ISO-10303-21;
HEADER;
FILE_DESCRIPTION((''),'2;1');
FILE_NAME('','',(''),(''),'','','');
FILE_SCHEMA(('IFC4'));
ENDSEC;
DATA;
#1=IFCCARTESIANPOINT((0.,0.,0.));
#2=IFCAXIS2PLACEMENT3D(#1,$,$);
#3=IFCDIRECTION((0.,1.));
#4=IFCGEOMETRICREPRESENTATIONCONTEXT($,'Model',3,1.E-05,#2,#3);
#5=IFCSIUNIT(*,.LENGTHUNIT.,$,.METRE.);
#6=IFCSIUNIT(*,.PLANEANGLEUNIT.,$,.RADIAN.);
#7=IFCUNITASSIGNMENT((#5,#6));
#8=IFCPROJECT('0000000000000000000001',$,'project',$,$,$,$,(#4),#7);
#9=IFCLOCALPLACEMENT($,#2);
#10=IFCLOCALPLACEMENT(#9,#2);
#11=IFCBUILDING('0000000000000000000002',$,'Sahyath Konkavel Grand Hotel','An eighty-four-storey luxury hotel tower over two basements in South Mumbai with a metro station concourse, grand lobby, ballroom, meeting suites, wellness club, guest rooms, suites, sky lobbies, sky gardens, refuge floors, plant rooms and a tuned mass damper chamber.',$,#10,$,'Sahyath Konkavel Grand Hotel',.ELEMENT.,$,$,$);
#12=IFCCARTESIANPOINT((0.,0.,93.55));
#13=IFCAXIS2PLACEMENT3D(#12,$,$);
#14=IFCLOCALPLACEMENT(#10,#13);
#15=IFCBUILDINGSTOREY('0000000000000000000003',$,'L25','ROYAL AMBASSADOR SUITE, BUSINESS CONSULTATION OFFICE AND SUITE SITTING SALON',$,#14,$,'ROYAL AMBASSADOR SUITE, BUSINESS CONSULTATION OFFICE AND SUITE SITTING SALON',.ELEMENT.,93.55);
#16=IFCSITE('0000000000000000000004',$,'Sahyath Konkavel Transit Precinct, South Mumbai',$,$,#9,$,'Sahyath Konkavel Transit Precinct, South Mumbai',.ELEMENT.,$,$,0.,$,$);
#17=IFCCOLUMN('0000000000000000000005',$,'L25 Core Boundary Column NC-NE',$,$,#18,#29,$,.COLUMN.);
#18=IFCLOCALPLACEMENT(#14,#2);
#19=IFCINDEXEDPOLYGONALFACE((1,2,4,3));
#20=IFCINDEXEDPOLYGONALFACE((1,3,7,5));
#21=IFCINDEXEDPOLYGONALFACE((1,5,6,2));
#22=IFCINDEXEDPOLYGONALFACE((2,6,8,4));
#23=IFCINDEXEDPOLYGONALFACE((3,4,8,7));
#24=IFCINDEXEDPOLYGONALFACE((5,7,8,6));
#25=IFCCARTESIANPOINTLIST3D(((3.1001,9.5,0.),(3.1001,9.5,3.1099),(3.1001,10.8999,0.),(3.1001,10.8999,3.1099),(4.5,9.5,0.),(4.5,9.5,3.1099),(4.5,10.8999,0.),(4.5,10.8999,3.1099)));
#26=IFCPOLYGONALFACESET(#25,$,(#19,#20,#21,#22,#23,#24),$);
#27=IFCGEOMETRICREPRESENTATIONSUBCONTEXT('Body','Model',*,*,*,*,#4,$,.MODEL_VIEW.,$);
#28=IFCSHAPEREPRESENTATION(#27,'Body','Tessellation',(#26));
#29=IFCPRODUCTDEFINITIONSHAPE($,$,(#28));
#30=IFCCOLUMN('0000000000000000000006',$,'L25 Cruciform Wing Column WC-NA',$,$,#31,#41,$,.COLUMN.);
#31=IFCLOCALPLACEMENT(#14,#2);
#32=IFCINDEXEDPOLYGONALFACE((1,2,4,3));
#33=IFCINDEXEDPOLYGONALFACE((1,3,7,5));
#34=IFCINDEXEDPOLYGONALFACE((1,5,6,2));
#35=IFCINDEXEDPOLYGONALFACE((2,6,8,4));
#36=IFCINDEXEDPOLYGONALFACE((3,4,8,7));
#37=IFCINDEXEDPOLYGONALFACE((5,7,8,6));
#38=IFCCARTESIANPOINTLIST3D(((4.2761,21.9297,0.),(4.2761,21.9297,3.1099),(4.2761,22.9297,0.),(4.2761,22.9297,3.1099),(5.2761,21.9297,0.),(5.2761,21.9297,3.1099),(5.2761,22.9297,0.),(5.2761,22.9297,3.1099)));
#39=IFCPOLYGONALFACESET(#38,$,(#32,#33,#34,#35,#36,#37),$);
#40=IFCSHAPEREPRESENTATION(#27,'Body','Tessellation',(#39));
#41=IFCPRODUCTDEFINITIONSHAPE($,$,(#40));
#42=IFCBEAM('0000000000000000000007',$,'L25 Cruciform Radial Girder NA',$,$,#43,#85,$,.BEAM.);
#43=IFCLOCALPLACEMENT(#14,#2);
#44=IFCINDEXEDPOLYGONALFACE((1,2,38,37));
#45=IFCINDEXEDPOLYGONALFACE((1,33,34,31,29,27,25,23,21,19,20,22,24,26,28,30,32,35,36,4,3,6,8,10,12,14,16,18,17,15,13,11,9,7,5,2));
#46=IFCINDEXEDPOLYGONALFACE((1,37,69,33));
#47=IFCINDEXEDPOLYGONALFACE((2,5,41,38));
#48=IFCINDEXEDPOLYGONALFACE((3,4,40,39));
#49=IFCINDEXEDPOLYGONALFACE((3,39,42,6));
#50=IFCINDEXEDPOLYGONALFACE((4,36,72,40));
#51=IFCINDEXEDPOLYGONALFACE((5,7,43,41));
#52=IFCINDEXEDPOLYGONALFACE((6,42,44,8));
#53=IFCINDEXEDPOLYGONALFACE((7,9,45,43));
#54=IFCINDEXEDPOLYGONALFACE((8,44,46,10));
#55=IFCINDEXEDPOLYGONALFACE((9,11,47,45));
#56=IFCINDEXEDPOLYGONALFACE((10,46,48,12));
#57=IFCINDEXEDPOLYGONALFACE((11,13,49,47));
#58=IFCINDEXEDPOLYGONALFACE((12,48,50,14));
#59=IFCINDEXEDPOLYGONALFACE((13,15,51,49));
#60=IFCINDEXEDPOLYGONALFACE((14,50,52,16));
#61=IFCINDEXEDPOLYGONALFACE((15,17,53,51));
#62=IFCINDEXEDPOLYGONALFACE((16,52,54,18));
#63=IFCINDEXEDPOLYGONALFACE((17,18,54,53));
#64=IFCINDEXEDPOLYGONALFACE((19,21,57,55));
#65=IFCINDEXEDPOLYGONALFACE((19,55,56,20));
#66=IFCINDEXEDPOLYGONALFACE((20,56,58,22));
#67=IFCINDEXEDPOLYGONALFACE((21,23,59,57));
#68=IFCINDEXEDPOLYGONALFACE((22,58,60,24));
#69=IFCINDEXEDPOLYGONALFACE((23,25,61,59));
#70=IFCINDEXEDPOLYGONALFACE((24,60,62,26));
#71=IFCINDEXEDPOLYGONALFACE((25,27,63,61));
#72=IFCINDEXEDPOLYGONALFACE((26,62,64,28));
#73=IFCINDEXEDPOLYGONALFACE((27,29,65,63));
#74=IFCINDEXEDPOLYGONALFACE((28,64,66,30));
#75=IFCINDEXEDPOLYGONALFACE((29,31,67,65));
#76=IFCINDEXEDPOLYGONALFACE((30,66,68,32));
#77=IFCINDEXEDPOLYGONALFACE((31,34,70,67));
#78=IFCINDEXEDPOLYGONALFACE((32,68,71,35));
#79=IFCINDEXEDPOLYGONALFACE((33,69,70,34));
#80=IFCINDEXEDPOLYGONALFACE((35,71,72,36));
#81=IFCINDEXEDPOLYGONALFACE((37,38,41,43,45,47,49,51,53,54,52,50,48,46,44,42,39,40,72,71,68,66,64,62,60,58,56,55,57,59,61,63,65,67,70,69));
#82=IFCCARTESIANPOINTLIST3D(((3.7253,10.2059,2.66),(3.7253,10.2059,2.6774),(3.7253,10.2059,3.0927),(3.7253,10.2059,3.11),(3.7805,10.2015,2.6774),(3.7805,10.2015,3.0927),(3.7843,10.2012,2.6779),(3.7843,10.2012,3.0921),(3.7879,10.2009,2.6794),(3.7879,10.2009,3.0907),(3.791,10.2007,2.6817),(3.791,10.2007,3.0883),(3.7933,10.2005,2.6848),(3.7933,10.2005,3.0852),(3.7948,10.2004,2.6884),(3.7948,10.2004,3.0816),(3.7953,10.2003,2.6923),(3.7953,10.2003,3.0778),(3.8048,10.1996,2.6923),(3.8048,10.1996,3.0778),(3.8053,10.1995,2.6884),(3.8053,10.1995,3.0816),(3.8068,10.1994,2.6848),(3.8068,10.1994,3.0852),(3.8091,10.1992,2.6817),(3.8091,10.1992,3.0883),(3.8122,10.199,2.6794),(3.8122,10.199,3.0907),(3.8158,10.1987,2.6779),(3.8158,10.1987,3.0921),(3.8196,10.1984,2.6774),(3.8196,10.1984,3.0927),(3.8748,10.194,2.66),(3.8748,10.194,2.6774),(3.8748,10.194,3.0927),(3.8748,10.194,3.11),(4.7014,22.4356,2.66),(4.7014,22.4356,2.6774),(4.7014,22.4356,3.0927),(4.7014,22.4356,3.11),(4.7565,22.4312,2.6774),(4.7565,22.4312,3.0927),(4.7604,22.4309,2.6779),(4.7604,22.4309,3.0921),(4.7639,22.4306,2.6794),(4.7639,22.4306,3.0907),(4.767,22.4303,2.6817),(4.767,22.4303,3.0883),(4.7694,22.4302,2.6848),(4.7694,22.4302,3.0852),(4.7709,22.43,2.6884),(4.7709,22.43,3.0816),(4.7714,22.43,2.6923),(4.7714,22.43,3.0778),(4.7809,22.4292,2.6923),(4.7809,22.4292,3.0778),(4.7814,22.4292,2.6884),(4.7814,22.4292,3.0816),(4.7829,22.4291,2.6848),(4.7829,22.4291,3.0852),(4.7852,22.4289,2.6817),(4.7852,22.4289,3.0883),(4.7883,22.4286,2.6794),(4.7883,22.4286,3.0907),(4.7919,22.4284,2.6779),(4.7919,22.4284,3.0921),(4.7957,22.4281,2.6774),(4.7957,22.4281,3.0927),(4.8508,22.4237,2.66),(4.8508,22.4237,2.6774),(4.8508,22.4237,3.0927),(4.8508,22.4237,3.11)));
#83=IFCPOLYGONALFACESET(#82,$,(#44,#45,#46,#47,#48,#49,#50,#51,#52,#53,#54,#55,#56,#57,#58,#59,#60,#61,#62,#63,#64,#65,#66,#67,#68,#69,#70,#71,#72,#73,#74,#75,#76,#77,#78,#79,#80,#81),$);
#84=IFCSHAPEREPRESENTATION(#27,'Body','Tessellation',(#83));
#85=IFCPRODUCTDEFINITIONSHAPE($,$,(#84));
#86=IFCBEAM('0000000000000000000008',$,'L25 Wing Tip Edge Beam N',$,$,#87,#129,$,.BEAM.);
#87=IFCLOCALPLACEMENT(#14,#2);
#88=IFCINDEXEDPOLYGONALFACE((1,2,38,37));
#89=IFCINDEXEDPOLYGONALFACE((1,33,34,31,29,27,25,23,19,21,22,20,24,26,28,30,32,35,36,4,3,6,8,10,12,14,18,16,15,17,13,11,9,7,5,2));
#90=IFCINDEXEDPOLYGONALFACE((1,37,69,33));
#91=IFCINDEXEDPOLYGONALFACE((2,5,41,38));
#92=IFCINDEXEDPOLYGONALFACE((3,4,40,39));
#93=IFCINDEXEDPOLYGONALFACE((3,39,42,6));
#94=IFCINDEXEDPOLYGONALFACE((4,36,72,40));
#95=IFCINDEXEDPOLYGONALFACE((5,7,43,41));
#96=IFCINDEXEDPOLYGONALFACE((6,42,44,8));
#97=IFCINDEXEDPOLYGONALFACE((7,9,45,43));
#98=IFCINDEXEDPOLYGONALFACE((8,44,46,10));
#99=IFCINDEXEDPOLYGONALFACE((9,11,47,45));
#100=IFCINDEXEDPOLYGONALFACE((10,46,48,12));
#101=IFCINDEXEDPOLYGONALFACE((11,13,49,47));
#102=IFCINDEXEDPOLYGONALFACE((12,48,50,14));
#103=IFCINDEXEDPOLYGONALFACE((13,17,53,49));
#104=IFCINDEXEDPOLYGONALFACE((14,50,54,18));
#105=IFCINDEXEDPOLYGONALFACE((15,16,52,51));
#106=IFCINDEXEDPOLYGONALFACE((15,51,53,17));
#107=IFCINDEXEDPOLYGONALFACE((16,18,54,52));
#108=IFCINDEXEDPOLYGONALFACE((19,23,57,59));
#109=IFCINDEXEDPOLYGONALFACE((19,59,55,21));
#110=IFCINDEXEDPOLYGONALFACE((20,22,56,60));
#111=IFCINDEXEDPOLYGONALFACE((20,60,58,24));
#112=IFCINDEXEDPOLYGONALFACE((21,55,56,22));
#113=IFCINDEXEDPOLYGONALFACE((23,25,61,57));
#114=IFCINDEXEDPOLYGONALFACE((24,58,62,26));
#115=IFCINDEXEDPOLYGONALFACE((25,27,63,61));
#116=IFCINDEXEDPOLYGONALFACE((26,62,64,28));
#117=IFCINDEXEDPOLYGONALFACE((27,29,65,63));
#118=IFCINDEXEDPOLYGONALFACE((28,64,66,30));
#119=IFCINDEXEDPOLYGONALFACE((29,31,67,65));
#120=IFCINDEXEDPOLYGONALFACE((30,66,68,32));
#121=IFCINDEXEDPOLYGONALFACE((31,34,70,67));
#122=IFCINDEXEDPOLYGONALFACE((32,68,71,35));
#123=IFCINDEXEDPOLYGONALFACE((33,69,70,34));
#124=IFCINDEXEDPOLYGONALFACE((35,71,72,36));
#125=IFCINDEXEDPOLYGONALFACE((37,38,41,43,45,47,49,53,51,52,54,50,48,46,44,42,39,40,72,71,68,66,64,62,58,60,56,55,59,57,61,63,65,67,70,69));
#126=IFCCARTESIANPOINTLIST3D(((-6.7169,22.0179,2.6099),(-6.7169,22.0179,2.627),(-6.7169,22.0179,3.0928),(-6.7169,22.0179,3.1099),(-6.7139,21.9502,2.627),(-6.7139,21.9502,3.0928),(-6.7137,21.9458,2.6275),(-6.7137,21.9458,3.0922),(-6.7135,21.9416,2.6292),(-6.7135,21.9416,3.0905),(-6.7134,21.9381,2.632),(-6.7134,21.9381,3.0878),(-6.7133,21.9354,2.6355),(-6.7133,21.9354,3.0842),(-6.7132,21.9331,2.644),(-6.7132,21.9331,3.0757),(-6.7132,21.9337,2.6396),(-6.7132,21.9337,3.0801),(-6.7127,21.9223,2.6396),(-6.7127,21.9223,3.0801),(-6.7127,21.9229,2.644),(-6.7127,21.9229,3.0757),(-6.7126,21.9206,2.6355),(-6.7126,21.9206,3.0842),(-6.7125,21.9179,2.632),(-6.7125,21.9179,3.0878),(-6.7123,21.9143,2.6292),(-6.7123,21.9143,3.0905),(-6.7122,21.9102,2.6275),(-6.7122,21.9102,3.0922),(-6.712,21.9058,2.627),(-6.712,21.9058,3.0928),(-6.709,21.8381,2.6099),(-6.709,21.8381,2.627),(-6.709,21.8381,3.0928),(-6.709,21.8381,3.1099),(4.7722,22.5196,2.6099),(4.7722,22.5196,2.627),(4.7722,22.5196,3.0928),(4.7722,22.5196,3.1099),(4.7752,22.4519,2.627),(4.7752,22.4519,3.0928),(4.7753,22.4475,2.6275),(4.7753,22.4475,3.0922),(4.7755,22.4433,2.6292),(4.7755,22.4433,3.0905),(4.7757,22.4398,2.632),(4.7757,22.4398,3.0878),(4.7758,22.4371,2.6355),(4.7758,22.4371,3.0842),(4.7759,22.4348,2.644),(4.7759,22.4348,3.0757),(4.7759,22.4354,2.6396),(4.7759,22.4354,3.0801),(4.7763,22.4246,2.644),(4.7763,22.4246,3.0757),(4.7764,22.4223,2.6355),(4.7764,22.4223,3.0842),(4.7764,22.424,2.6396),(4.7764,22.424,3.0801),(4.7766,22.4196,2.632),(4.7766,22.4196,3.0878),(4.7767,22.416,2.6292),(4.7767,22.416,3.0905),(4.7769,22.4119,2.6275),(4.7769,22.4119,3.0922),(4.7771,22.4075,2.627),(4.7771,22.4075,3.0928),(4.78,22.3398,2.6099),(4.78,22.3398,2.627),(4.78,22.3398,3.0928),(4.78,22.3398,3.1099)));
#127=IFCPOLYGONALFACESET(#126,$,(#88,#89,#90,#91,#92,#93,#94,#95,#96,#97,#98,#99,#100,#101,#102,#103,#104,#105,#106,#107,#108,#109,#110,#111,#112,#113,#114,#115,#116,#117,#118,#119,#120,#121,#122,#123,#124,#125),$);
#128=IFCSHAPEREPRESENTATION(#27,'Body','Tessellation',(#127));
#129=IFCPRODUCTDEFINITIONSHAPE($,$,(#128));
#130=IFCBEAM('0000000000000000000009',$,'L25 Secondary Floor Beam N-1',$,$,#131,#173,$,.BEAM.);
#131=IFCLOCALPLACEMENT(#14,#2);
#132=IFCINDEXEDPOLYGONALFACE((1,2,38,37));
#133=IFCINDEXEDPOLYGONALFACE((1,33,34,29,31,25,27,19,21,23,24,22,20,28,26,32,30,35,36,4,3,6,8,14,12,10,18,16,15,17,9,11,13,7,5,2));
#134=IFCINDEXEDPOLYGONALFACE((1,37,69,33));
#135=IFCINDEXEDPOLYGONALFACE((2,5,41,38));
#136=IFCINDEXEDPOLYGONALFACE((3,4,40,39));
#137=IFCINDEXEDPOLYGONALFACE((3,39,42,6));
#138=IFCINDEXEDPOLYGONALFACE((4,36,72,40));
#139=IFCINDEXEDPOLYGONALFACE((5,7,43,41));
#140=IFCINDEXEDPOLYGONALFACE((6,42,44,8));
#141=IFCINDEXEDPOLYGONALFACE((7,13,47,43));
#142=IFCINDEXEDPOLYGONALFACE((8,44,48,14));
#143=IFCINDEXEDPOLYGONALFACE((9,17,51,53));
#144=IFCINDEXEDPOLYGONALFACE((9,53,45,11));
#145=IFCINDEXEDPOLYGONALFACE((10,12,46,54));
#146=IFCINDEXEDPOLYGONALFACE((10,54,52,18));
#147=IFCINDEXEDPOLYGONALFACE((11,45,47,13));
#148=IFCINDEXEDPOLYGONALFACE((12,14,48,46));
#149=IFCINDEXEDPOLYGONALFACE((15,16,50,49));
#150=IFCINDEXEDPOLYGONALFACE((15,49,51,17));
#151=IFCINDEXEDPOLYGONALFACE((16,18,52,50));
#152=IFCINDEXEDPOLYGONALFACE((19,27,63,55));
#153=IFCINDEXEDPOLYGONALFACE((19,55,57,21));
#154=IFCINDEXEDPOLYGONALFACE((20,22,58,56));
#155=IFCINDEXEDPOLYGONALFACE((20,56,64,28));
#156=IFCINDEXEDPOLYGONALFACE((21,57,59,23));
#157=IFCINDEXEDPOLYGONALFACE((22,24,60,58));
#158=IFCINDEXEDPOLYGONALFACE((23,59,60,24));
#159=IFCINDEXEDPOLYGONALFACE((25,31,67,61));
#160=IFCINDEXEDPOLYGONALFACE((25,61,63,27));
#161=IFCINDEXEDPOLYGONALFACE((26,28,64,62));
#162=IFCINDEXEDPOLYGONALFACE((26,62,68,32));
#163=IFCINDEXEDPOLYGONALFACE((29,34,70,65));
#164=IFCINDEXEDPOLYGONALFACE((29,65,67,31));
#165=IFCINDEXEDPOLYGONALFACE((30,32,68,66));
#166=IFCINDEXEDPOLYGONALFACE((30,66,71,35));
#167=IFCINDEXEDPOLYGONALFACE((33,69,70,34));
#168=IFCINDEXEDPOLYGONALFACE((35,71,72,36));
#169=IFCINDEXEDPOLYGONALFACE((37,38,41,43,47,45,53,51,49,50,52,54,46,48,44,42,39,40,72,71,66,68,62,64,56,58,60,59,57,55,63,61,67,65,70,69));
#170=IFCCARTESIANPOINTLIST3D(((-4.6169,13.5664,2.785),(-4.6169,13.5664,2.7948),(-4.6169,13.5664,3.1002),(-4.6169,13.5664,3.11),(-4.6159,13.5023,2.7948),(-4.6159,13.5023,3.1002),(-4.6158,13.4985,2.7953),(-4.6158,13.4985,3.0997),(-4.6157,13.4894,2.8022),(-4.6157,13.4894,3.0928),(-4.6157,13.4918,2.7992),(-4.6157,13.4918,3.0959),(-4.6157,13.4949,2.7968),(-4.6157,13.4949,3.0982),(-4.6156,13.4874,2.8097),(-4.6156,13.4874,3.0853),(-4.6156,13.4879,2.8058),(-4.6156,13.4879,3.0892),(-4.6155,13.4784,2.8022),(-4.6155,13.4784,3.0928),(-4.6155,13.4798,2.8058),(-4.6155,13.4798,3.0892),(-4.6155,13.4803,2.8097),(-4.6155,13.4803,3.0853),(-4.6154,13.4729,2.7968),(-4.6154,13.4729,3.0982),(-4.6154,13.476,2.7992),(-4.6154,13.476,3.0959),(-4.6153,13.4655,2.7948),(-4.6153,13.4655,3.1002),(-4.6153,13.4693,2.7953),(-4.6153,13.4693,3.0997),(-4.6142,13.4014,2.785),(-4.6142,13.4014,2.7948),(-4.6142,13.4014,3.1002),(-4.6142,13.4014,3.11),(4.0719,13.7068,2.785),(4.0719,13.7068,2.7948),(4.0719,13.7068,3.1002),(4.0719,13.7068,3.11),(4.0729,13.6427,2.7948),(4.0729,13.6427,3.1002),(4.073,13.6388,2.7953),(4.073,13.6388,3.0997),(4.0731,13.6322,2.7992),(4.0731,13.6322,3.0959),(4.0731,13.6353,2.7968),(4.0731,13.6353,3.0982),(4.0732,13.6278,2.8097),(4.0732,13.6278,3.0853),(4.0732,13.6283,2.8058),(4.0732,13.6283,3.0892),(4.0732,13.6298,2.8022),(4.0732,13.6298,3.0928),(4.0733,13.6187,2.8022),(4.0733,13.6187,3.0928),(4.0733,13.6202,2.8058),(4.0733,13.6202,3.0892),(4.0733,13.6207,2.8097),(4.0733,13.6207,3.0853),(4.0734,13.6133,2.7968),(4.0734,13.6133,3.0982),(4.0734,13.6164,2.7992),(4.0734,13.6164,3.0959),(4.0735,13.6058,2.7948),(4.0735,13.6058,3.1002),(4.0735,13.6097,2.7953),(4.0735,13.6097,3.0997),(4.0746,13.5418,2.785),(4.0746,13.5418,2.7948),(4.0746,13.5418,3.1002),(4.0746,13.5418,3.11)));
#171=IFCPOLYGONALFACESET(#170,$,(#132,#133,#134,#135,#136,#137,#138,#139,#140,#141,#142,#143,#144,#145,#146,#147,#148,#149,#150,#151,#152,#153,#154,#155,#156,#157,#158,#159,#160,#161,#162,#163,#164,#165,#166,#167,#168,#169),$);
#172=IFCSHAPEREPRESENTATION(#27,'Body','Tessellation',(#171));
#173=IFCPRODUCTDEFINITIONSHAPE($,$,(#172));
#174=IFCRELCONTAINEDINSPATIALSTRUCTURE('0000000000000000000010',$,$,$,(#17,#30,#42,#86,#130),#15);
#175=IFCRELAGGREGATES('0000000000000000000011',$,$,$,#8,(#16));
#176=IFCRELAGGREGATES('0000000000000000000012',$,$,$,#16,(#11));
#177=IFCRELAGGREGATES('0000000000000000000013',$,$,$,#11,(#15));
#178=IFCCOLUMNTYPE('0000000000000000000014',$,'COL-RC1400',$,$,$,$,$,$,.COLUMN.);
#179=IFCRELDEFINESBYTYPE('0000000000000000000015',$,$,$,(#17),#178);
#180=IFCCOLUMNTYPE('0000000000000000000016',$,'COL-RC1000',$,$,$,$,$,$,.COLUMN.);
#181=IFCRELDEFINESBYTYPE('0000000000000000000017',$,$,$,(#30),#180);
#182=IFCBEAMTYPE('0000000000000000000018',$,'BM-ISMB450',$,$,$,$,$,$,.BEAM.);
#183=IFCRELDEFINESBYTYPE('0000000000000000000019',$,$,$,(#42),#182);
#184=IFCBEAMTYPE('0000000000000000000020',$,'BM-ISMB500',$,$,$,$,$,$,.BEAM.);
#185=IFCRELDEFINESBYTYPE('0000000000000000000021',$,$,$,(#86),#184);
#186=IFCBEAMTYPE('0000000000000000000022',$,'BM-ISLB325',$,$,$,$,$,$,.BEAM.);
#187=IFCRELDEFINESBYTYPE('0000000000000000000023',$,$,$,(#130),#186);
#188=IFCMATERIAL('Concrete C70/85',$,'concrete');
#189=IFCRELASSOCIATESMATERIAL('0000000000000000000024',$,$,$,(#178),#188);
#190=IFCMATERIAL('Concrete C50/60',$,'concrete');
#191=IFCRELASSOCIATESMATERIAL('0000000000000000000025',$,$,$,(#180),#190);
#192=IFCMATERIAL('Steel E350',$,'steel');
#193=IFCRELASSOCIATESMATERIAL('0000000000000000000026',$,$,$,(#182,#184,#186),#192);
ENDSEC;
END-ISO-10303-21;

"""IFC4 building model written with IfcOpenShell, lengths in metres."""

from ifc_helpers import new_model, si_unit, direction, frame, origin, origin_2d, place, context, subcontext, project, spatial, rectangle, i_section, extrude, source, transform, mapped, material, material_profile, profile_set, type_object, element, save


model = new_model("IFC4")

# Units and contexts
model_context = context("Model", 3, precision=1e-05, world=origin(), true_north=direction((0.0, 1.0)))
body_context = subcontext(model_context, "Body", "Model", "MODEL_VIEW")
ifc_project = project(units=[si_unit("LENGTHUNIT", "METRE"), si_unit("PLANEANGLEUNIT", "RADIAN")], contexts=[model_context])

# Site, building, storey
site_placement = place(None, origin())
site = spatial("IfcSite", under=ifc_project, at=site_placement, Name="Sahyath Konkavel Transit Precinct, South Mumbai", LongName="Sahyath Konkavel Transit Precinct, South Mumbai", CompositionType="ELEMENT", RefElevation=0.0)
building_placement = place(site_placement, origin())
building = spatial("IfcBuilding", under=site, at=building_placement, Name="Sahyath Konkavel Grand Hotel", Description="An eighty-four-storey luxury hotel tower over two basements in South Mumbai with a metro station concourse, grand lobby, ballroom, meeting suites, wellness club, guest rooms, suites, sky lobbies, sky gardens, refuge floors, plant rooms and a tuned mass damper chamber.", LongName="Sahyath Konkavel Grand Hotel", CompositionType="ELEMENT")
storey_placement = place(building_placement, frame((0.0, 0.0, 93.55)))
storey = spatial("IfcBuildingStorey", under=building, at=storey_placement, Name="L25", Description="ROYAL AMBASSADOR SUITE, BUSINESS CONSULTATION OFFICE AND SUITE SITTING SALON", LongName="ROYAL AMBASSADOR SUITE, BUSINESS CONSULTATION OFFICE AND SUITE SITTING SALON", CompositionType="ELEMENT", Elevation=93.55)

# Columns
ifc_material_1 = material(Name="Concrete C70/85", Category="concrete")
ifc_material_profile_1 = material_profile(ifc_material_1, rectangle(XDim=1.3999, YDim=1.3999, at=origin_2d()), Name="RC 1400x1400")
ifc_profile_set_1 = profile_set([ifc_material_profile_1], Name="Concrete C70/85")
column_type_1 = type_object("IfcColumnType", Name="COL-RC1400", PredefinedType="COLUMN", material=ifc_profile_set_1)
shared_shape_1 = source(origin(), body_context, "Body", "SweptSolid", [
    extrude(rectangle(XDim=1.3999, YDim=1.3999, at=origin_2d()), origin(), (0.0, 0.0, 1.0), 3.1099),
])
column_1_placement = place(storey_placement, frame((3.8, 10.2, 0.0), z_axis=(0.0, 0.0, 1.0), x_axis=(1.0, 0.0, 0.0)))
element("IfcColumn", 1, at=column_1_placement, inside=storey, type_object=column_type_1, Name="L25 Core Boundary Column NC-NE", PredefinedType="COLUMN", context=body_context, shape_type="MappedRepresentation", body=[
    mapped(shared_shape_1, transform((0.0, 0.0, 0.0), scale=1.0)),
])
ifc_material_2 = material(Name="Concrete C50/60", Category="concrete")
ifc_material_profile_2 = material_profile(ifc_material_2, rectangle(XDim=1.0, YDim=1.0, at=origin_2d()), Name="RC 1000x1000")
ifc_profile_set_2 = profile_set([ifc_material_profile_2], Name="Concrete C50/60")
column_type_2 = type_object("IfcColumnType", Name="COL-RC1000", PredefinedType="COLUMN", material=ifc_profile_set_2)
shared_shape_2 = source(origin(), body_context, "Body", "SweptSolid", [
    extrude(rectangle(XDim=1.0, YDim=1.0, at=origin_2d()), origin(), (0.0, 0.0, 1.0), 3.1099),
])
column_2_placement = place(storey_placement, frame((4.7761, 22.4297, 0.0), z_axis=(0.0, 0.0, 1.0), x_axis=(1.0, 0.0, 0.0)))
element("IfcColumn", 2, at=column_2_placement, inside=storey, type_object=column_type_2, Name="L25 Cruciform Wing Column WC-NA", PredefinedType="COLUMN", context=body_context, shape_type="MappedRepresentation", body=[
    mapped(shared_shape_2, transform((0.0, 0.0, 0.0), scale=1.0)),
])

# Beams
ifc_material_3 = material(Name="Steel E350", Category="steel")
ifc_material_profile_3 = material_profile(ifc_material_3, i_section(OverallWidth=0.1499, OverallDepth=0.45, WebThickness=0.0095, FlangeThickness=0.0173, FilletRadius=0.0149, at=origin_2d()), Name="ISMB 450")
ifc_profile_set_3 = profile_set([ifc_material_profile_3], Name="Steel E350")
beam_type_1 = type_object("IfcBeamType", Name="BM-ISMB450", PredefinedType="BEAM", material=ifc_profile_set_3)
shared_shape_3 = source(origin(), body_context, "Body", "SweptSolid", [
    extrude(i_section(OverallWidth=0.1499, OverallDepth=0.45, WebThickness=0.0095, FlangeThickness=0.0173, FilletRadius=0.0149, at=origin_2d()), origin(), (0.0, 0.0, 1.0), 12.2686),
])
beam_1_placement = place(storey_placement, frame((3.8, 10.2, 2.885), z_axis=(0.079559, 0.99683, 0.0), x_axis=(-0.99683, 0.079559, 0.0)))
element("IfcBeam", 3, at=beam_1_placement, inside=storey, type_object=beam_type_1, Name="L25 Cruciform Radial Girder NA", PredefinedType="BEAM", context=body_context, shape_type="MappedRepresentation", body=[
    mapped(shared_shape_3, transform((0.0, 0.0, 0.0), scale=1.0)),
])
ifc_material_profile_4 = material_profile(ifc_material_3, i_section(OverallWidth=0.1799, OverallDepth=0.5, WebThickness=0.0103, FlangeThickness=0.0171, FilletRadius=0.0171, at=origin_2d()), Name="ISMB 500")
ifc_profile_set_4 = profile_set([ifc_material_profile_4], Name="Steel E350")
beam_type_2 = type_object("IfcBeamType", Name="BM-ISMB500", PredefinedType="BEAM", material=ifc_profile_set_4)
shared_shape_4 = source(origin(), body_context, "Body", "SweptSolid", [
    extrude(i_section(OverallWidth=0.1799, OverallDepth=0.5, WebThickness=0.0103, FlangeThickness=0.0171, FilletRadius=0.0171, at=origin_2d()), origin(), (0.0, 0.0, 1.0), 11.5),
])
beam_2_placement = place(storey_placement, frame((4.7761, 22.4297, 2.8599), z_axis=(-0.999048, -0.043627, 0.0), x_axis=(0.043627, -0.999048, 0.0)))
element("IfcBeam", 4, at=beam_2_placement, inside=storey, type_object=beam_type_2, Name="L25 Wing Tip Edge Beam N", PredefinedType="BEAM", context=body_context, shape_type="MappedRepresentation", body=[
    mapped(shared_shape_4, transform((0.0, 0.0, 0.0), scale=1.0)),
])
ifc_material_profile_5 = material_profile(ifc_material_3, i_section(OverallWidth=0.165, OverallDepth=0.325, WebThickness=0.0071, FlangeThickness=0.0098, FilletRadius=0.0149, at=origin_2d()), Name="ISLB 325")
ifc_profile_set_5 = profile_set([ifc_material_profile_5], Name="Steel E350")
beam_type_3 = type_object("IfcBeamType", Name="BM-ISLB325", PredefinedType="BEAM", material=ifc_profile_set_5)
shared_shape_5 = source(origin(), body_context, "Body", "SweptSolid", [
    extrude(i_section(OverallWidth=0.165, OverallDepth=0.325, WebThickness=0.0071, FlangeThickness=0.0098, FilletRadius=0.0149, at=origin_2d()), origin(), (0.0, 0.0, 1.0), 8.6899),
])
beam_3_placement = place(storey_placement, frame((4.0732, 13.6243, 2.9475), z_axis=(-0.99987, -0.016155, 0.0), x_axis=(0.016155, -0.99987, 0.0)))
element("IfcBeam", 5, at=beam_3_placement, inside=storey, type_object=beam_type_3, Name="L25 Secondary Floor Beam N-1", PredefinedType="BEAM", context=body_context, shape_type="MappedRepresentation", body=[
    mapped(shared_shape_5, transform((0.0, 0.0, 0.0), scale=1.0)),
])

save(model, "model.ifc")
